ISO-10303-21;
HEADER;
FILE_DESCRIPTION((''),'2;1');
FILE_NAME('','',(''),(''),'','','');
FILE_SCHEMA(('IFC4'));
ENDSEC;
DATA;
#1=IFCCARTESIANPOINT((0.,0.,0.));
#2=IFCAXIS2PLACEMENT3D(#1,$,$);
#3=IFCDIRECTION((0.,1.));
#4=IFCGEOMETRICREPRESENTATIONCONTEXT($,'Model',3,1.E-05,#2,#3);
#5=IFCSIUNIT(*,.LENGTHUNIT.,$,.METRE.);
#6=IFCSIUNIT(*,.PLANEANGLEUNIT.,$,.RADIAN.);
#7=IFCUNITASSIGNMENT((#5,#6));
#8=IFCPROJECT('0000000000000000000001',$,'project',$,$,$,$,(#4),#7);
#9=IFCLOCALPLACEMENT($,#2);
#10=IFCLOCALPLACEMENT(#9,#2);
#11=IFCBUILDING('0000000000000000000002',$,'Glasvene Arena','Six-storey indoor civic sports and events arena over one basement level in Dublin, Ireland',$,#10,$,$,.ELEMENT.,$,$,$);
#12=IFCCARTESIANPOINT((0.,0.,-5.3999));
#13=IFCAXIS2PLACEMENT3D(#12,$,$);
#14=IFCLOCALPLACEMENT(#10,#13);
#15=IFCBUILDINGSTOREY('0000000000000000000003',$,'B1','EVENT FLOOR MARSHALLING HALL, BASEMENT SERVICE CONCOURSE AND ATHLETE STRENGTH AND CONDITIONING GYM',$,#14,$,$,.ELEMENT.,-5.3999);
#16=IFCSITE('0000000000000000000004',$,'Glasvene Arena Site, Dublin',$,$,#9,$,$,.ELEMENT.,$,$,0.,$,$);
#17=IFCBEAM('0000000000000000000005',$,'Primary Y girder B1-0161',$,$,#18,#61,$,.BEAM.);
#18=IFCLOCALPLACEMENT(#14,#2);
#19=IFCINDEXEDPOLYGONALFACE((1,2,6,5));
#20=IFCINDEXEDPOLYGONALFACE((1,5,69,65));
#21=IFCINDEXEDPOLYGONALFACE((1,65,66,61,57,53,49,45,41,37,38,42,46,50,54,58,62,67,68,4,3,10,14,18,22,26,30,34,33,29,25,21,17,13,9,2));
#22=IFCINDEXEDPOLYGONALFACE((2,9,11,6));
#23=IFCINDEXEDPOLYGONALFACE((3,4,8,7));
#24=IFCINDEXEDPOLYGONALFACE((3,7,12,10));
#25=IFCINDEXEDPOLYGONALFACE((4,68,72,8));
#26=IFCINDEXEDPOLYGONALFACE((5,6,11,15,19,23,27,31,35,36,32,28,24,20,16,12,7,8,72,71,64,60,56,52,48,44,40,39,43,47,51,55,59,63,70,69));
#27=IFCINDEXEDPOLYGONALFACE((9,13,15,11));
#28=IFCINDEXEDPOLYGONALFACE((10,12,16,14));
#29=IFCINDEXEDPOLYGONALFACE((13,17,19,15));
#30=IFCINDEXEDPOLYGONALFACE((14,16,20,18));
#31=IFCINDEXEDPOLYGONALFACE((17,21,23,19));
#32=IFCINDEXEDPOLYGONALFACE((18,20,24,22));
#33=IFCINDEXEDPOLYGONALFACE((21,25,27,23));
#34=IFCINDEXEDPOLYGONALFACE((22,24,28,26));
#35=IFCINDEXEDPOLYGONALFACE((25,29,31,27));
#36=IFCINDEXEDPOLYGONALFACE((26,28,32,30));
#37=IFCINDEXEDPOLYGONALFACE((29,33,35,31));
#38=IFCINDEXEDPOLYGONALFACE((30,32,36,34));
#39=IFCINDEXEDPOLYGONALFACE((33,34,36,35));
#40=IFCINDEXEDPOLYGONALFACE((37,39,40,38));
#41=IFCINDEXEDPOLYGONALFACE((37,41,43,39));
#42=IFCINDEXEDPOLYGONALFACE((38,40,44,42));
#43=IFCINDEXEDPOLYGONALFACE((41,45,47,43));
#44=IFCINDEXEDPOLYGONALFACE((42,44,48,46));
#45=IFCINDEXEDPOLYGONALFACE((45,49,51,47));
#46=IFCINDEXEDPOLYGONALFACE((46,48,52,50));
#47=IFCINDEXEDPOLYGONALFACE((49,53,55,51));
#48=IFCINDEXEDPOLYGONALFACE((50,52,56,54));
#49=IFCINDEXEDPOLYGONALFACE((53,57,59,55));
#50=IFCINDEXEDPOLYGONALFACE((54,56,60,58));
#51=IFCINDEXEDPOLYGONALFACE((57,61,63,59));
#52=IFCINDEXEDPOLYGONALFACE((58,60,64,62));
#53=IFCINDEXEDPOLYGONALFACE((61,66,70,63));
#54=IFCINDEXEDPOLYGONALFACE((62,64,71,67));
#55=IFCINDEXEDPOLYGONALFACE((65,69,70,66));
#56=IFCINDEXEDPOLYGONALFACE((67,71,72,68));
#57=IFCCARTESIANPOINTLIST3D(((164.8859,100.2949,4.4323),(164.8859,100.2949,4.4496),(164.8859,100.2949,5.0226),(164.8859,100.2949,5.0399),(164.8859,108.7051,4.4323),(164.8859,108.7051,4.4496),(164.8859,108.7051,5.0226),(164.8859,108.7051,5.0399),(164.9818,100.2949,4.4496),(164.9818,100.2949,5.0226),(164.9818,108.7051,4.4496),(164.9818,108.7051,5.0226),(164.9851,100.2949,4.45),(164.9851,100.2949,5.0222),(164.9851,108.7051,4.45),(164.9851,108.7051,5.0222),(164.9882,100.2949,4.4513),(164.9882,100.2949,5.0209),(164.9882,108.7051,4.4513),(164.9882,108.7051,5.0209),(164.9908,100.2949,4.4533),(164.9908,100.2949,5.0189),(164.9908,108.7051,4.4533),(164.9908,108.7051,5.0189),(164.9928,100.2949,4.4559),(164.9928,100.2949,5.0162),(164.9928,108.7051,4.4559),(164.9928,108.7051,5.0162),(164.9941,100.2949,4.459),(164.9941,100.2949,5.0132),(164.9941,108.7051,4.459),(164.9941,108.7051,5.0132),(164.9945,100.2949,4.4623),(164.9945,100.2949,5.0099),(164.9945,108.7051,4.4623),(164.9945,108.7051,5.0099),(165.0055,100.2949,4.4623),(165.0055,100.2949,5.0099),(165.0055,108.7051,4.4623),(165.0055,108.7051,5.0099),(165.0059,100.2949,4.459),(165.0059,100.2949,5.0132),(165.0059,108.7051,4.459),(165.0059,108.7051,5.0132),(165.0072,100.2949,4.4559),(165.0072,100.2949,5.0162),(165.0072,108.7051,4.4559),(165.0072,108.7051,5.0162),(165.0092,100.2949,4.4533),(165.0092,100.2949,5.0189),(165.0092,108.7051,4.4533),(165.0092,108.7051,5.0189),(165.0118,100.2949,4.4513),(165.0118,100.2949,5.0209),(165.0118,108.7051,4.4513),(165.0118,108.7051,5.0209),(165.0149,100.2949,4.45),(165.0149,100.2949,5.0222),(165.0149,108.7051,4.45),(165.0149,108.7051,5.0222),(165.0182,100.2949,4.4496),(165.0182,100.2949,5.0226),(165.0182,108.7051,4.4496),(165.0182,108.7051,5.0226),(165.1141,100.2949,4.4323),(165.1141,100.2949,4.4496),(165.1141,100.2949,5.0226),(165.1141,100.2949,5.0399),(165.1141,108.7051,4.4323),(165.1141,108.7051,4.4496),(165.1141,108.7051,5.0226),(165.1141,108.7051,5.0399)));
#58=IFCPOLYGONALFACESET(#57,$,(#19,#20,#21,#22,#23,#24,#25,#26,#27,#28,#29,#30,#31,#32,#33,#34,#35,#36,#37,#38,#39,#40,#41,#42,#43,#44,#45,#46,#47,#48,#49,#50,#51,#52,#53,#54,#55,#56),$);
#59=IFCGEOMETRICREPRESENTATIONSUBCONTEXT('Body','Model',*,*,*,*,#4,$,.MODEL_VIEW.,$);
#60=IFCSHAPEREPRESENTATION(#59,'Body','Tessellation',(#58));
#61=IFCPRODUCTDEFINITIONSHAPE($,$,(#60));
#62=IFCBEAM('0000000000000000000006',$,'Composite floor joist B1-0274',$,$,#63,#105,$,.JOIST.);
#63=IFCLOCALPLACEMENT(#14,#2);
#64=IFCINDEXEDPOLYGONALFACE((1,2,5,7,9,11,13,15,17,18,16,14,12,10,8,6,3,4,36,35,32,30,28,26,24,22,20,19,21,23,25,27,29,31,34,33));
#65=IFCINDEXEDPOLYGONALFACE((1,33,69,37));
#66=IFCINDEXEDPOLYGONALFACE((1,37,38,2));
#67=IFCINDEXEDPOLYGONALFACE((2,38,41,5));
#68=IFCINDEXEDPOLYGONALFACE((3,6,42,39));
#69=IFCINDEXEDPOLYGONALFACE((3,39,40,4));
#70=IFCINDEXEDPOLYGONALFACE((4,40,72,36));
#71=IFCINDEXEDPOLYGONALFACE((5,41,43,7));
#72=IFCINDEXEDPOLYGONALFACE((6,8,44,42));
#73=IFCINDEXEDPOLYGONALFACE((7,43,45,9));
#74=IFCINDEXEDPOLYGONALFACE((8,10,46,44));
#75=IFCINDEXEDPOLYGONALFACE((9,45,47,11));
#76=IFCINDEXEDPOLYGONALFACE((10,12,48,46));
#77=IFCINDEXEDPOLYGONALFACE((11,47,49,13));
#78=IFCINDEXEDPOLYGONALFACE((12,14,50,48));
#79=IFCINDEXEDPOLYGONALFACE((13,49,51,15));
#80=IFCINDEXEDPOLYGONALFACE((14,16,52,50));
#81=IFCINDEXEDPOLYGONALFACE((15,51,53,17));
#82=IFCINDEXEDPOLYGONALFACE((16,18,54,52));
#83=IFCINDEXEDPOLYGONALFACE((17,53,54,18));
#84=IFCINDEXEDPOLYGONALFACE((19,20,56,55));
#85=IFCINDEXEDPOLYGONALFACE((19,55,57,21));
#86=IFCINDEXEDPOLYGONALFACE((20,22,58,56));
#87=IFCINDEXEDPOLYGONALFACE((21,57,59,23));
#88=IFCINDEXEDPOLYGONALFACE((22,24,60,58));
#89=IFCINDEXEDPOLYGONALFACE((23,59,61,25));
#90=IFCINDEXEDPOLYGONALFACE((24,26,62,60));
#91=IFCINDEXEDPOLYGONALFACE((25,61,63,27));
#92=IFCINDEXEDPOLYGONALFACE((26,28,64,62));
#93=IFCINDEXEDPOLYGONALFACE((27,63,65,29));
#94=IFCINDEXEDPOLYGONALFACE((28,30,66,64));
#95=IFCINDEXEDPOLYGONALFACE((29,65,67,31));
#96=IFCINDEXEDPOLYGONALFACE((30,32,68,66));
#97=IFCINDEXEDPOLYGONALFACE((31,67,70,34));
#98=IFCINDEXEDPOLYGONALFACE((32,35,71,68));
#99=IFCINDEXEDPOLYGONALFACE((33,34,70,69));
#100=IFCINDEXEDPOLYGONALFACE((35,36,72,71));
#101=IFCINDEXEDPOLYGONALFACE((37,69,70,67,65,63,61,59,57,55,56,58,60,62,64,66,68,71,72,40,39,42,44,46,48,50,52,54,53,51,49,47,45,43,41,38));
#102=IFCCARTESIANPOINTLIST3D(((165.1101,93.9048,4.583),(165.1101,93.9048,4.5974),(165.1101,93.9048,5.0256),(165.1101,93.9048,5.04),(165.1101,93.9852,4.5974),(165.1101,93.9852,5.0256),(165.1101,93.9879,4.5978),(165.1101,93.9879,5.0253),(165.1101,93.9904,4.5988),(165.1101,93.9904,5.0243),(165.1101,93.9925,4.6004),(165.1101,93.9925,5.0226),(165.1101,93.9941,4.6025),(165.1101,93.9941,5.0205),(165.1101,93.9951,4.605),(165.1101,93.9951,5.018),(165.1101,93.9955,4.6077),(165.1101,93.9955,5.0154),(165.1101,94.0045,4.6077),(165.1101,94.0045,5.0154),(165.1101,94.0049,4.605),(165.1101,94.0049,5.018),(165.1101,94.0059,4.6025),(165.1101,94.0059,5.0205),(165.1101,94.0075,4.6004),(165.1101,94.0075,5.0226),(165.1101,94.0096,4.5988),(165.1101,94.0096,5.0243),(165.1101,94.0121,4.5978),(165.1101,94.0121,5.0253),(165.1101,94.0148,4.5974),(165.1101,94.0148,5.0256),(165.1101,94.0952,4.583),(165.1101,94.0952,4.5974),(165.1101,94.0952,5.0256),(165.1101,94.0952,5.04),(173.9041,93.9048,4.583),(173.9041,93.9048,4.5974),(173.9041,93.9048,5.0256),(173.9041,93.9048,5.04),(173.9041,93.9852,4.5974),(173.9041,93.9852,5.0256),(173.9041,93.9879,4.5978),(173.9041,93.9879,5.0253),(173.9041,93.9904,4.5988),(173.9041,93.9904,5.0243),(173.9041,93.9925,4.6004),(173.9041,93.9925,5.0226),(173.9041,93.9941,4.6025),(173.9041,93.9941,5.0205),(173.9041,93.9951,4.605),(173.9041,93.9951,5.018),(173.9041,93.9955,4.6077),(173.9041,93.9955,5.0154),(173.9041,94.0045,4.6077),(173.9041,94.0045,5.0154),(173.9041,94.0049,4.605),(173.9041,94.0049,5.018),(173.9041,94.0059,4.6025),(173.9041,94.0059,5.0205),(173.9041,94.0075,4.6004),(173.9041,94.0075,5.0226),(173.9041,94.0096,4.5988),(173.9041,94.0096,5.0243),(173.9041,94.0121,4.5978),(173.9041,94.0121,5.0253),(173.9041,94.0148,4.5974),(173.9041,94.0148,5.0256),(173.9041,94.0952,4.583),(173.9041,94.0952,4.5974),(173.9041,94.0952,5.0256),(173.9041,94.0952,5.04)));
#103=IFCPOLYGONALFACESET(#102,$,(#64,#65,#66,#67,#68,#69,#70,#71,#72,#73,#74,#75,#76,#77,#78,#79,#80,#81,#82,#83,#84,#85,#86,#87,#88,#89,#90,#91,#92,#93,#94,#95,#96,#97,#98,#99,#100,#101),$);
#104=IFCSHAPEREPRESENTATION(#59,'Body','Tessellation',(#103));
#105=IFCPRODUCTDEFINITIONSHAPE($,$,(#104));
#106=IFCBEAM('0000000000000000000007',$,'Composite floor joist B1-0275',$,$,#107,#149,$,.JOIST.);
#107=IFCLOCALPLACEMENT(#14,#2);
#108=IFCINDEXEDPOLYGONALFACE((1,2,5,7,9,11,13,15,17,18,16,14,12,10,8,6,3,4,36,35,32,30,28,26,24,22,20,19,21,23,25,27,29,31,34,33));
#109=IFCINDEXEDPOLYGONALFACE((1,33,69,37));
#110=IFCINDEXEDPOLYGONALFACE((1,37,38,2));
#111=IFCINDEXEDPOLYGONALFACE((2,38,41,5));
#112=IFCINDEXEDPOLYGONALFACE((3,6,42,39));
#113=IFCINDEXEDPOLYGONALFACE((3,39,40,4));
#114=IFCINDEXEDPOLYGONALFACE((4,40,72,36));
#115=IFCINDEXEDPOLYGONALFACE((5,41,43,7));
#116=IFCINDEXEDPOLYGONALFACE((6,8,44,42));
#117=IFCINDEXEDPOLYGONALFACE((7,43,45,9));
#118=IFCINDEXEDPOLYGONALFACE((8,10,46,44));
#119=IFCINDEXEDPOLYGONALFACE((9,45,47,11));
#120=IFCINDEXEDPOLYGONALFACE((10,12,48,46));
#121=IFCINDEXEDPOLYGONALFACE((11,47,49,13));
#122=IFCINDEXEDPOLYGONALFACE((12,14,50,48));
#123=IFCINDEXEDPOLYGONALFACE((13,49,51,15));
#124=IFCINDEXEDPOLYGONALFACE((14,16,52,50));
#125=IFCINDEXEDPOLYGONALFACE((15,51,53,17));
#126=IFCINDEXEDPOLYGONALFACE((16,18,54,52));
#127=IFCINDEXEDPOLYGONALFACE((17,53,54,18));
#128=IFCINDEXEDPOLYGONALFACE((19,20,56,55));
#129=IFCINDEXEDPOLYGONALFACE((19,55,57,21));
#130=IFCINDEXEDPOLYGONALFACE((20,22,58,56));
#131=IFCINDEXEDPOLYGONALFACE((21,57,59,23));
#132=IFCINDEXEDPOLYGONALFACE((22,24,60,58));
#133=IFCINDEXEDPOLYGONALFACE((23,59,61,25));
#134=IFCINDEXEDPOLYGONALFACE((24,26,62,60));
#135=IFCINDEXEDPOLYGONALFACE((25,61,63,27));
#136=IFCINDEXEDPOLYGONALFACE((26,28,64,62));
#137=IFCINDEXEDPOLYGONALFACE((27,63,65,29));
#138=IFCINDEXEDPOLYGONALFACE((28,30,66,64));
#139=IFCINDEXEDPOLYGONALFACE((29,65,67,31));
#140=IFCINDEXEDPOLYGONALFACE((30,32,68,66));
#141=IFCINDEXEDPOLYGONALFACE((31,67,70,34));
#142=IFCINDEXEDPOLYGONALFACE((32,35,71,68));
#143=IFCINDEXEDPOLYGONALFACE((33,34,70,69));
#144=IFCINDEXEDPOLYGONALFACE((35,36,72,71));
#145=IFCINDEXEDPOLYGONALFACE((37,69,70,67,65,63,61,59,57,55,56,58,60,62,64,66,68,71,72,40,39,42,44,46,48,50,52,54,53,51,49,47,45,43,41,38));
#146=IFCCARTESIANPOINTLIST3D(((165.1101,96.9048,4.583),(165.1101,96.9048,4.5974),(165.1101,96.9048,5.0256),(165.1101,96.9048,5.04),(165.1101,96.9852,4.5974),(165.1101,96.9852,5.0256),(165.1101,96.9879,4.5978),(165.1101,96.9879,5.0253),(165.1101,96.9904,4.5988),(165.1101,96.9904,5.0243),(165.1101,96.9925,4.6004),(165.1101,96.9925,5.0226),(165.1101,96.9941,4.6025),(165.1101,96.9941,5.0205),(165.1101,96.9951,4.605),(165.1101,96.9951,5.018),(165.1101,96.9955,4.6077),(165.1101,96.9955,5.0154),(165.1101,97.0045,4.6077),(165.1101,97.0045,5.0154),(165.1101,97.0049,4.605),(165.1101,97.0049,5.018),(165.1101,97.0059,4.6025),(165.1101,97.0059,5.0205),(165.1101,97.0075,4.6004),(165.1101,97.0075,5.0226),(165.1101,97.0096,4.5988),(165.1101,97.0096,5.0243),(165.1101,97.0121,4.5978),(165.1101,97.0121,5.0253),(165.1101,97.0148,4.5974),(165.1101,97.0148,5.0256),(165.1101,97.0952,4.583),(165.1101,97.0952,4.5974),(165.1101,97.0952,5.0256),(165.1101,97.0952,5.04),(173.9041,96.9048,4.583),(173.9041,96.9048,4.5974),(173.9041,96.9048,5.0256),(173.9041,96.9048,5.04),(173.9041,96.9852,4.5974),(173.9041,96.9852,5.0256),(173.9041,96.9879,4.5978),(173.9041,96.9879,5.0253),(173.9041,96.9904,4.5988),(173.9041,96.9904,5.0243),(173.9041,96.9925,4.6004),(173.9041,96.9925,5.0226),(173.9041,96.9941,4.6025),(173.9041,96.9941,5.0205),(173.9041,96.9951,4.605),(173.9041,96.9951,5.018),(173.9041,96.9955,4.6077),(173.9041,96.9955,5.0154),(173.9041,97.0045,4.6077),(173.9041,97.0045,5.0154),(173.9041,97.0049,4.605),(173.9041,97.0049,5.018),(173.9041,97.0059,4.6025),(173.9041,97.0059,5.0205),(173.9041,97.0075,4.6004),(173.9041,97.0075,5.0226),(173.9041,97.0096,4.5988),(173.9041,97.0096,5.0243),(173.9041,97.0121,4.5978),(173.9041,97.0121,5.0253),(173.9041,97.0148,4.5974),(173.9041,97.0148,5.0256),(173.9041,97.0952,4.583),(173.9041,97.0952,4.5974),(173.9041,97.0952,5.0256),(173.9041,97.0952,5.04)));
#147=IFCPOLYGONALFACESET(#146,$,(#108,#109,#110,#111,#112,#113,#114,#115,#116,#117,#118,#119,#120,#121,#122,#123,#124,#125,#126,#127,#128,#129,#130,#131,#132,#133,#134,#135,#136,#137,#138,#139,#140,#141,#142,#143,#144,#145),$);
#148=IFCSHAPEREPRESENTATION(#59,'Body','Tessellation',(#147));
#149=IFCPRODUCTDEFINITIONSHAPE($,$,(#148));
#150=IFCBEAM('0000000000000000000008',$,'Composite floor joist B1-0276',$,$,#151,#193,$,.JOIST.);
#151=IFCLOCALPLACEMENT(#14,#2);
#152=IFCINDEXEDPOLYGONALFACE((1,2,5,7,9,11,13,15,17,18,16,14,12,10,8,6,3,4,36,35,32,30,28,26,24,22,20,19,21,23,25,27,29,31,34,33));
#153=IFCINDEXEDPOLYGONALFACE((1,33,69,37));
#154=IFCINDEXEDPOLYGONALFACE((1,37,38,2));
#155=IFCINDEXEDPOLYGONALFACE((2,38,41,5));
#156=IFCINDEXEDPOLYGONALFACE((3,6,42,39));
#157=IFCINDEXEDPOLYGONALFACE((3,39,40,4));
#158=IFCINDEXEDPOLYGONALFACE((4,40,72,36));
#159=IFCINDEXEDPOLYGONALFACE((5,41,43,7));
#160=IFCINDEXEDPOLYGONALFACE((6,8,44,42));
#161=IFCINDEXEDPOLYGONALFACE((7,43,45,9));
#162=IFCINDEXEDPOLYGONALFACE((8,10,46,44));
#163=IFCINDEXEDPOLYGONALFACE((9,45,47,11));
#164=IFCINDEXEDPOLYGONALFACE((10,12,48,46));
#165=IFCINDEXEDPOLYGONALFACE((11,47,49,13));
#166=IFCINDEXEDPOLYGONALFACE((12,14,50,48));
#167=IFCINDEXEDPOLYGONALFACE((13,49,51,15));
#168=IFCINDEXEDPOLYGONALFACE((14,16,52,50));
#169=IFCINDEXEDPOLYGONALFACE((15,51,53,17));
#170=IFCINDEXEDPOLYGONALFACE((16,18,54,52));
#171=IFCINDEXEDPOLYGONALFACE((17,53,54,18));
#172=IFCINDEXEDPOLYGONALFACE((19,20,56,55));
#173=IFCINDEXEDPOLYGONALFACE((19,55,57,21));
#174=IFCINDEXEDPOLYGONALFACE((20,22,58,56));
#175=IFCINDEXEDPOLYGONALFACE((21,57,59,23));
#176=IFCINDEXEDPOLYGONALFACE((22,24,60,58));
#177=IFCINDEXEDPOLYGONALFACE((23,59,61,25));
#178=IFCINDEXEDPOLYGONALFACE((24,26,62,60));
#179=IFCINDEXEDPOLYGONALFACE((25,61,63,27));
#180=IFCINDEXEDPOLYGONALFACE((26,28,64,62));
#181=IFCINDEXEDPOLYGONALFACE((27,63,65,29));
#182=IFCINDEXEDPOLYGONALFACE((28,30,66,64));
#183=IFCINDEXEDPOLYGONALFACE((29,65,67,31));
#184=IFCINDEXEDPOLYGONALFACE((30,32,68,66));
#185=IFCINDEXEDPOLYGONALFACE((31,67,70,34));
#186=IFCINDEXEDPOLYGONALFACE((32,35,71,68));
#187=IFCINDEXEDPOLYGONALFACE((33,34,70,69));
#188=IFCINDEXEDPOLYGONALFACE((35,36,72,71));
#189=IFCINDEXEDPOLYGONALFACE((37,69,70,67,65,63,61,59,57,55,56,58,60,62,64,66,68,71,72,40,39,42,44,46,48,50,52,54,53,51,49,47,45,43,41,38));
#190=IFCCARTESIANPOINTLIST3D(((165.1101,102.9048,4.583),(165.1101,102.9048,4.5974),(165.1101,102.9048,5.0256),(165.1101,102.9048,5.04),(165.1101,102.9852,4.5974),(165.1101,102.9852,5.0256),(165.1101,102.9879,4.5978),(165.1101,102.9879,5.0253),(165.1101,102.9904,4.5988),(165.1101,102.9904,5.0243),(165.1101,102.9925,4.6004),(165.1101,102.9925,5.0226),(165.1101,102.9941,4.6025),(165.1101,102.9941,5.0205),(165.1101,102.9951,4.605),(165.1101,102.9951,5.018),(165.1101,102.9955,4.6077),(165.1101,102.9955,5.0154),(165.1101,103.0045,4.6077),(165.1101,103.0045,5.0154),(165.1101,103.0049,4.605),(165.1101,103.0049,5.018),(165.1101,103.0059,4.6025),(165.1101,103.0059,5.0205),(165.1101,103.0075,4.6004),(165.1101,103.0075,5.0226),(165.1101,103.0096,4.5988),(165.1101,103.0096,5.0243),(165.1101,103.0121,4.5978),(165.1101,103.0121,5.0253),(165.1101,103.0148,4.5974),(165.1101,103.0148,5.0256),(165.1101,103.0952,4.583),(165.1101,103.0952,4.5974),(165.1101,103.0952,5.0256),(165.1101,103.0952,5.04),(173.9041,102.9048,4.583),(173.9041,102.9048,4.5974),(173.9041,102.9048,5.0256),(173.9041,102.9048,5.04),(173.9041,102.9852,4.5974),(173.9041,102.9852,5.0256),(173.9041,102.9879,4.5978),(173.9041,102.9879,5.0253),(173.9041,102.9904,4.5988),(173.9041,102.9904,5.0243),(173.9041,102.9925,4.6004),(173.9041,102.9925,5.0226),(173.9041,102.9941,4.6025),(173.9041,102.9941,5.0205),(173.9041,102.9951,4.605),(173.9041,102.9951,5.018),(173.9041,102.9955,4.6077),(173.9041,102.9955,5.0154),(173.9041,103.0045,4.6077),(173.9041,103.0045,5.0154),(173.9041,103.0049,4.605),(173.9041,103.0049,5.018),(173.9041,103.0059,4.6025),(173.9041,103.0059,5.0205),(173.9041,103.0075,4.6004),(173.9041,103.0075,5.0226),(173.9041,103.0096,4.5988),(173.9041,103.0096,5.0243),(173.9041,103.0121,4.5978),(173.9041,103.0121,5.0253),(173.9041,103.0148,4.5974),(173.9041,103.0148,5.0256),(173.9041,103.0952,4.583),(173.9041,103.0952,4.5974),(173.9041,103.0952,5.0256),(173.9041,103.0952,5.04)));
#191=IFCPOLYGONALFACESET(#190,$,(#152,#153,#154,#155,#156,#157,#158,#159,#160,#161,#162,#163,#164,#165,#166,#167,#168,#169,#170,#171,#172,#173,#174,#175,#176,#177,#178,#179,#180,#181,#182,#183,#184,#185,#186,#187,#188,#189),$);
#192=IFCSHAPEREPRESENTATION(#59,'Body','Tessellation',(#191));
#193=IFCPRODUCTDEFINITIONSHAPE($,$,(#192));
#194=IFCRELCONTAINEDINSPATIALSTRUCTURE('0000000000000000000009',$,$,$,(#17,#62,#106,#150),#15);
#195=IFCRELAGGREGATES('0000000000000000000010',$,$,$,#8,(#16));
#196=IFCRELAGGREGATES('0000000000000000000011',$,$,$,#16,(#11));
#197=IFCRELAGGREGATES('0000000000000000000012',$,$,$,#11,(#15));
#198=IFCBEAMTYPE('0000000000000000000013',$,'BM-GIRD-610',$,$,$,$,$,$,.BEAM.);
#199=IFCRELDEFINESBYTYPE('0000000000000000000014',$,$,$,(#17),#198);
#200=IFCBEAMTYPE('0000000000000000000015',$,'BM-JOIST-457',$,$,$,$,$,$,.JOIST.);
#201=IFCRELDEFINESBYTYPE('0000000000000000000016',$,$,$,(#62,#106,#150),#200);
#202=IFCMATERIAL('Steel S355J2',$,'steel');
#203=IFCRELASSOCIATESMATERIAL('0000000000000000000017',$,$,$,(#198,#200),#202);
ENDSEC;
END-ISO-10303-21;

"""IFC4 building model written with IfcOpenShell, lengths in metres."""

from ifc_helpers import new_model, si_unit, direction, frame, origin, origin_2d, place, context, subcontext, project, spatial, i_section, extrude, material, material_profile, profile_set, type_object, element, save


model = new_model("IFC4")

# Units and contexts
model_context = context("Model", 3, precision=1e-05, world=origin(), true_north=direction((0.0, 1.0)))
body_context = subcontext(model_context, "Body", "Model", "MODEL_VIEW")
ifc_project = project(units=[si_unit("LENGTHUNIT", "METRE"), si_unit("PLANEANGLEUNIT", "RADIAN")], contexts=[model_context])

# Site, building, storey
site_placement = place(None, origin())
site = spatial("IfcSite", under=ifc_project, at=site_placement, Name="Glasvene Arena Site, Dublin", CompositionType="ELEMENT", RefElevation=0.0)
building_placement = place(site_placement, origin())
building = spatial("IfcBuilding", under=site, at=building_placement, Name="Glasvene Arena", Description="Six-storey indoor civic sports and events arena over one basement level in Dublin, Ireland", CompositionType="ELEMENT")
storey_placement = place(building_placement, frame((0.0, 0.0, -5.3999)))
storey = spatial("IfcBuildingStorey", under=building, at=storey_placement, Name="B1", Description="EVENT FLOOR MARSHALLING HALL, BASEMENT SERVICE CONCOURSE AND ATHLETE STRENGTH AND CONDITIONING GYM", CompositionType="ELEMENT", Elevation=-5.3999)

# Beams
ifc_material_1 = material(Name="Steel S355J2", Category="steel")
ifc_material_profile_1 = material_profile(ifc_material_1, i_section(OverallWidth=0.2283, OverallDepth=0.6077, WebThickness=0.011, FlangeThickness=0.0173, FilletRadius=0.0127, at=origin_2d()), Name="UKB 610x229x113")
ifc_profile_set_1 = profile_set([ifc_material_profile_1], Name="Steel S355J2")
beam_type_1 = type_object("IfcBeamType", Name="BM-GIRD-610", PredefinedType="BEAM", material=ifc_profile_set_1)
for number, where, z_axis, x_axis, name in (
    (1, (165.0, 100.2949, 4.7361), (0.0, 1.0, 0.0), (-1.0, 0.0, 0.0), "Primary Y girder B1-0161"),
):
    element("IfcBeam", number, at=place(storey_placement, frame(where, z_axis=z_axis, x_axis=x_axis)), inside=storey, type_object=beam_type_1, Name=name, PredefinedType="BEAM", context=body_context, shape_type="SweptSolid", body=[
        extrude(i_section(OverallWidth=0.2283, OverallDepth=0.6077, WebThickness=0.011, FlangeThickness=0.0173, FilletRadius=0.0127, at=origin_2d()), origin(), (0.0, 0.0, 1.0), 8.4102),
    ])
ifc_material_profile_2 = material_profile(ifc_material_1, i_section(OverallWidth=0.1904, OverallDepth=0.457, WebThickness=0.009, FlangeThickness=0.0144, FilletRadius=0.0103, at=origin_2d()), Name="UKB 457x191x74")
ifc_profile_set_2 = profile_set([ifc_material_profile_2], Name="Steel S355J2")
beam_type_2 = type_object("IfcBeamType", Name="BM-JOIST-457", PredefinedType="JOIST", material=ifc_profile_set_2)
for number, where, z_axis, x_axis, name in (
    (2, (165.1101, 94.0, 4.8115), (1.0, 0.0, 0.0), (0.0, 1.0, 0.0), "Composite floor joist B1-0274"),
    (3, (165.1101, 97.0, 4.8115), (1.0, 0.0, 0.0), (0.0, 1.0, 0.0), "Composite floor joist B1-0275"),
    (4, (165.1101, 103.0, 4.8115), (1.0, 0.0, 0.0), (0.0, 1.0, 0.0), "Composite floor joist B1-0276"),
):
    element("IfcBeam", number, at=place(storey_placement, frame(where, z_axis=z_axis, x_axis=x_axis)), inside=storey, type_object=beam_type_2, Name=name, PredefinedType="JOIST", context=body_context, shape_type="SweptSolid", body=[
        extrude(i_section(OverallWidth=0.1904, OverallDepth=0.457, WebThickness=0.009, FlangeThickness=0.0144, FilletRadius=0.0103, at=origin_2d()), origin(), (0.0, 0.0, 1.0), 8.7939),
    ])

save(model, "model.ifc")
